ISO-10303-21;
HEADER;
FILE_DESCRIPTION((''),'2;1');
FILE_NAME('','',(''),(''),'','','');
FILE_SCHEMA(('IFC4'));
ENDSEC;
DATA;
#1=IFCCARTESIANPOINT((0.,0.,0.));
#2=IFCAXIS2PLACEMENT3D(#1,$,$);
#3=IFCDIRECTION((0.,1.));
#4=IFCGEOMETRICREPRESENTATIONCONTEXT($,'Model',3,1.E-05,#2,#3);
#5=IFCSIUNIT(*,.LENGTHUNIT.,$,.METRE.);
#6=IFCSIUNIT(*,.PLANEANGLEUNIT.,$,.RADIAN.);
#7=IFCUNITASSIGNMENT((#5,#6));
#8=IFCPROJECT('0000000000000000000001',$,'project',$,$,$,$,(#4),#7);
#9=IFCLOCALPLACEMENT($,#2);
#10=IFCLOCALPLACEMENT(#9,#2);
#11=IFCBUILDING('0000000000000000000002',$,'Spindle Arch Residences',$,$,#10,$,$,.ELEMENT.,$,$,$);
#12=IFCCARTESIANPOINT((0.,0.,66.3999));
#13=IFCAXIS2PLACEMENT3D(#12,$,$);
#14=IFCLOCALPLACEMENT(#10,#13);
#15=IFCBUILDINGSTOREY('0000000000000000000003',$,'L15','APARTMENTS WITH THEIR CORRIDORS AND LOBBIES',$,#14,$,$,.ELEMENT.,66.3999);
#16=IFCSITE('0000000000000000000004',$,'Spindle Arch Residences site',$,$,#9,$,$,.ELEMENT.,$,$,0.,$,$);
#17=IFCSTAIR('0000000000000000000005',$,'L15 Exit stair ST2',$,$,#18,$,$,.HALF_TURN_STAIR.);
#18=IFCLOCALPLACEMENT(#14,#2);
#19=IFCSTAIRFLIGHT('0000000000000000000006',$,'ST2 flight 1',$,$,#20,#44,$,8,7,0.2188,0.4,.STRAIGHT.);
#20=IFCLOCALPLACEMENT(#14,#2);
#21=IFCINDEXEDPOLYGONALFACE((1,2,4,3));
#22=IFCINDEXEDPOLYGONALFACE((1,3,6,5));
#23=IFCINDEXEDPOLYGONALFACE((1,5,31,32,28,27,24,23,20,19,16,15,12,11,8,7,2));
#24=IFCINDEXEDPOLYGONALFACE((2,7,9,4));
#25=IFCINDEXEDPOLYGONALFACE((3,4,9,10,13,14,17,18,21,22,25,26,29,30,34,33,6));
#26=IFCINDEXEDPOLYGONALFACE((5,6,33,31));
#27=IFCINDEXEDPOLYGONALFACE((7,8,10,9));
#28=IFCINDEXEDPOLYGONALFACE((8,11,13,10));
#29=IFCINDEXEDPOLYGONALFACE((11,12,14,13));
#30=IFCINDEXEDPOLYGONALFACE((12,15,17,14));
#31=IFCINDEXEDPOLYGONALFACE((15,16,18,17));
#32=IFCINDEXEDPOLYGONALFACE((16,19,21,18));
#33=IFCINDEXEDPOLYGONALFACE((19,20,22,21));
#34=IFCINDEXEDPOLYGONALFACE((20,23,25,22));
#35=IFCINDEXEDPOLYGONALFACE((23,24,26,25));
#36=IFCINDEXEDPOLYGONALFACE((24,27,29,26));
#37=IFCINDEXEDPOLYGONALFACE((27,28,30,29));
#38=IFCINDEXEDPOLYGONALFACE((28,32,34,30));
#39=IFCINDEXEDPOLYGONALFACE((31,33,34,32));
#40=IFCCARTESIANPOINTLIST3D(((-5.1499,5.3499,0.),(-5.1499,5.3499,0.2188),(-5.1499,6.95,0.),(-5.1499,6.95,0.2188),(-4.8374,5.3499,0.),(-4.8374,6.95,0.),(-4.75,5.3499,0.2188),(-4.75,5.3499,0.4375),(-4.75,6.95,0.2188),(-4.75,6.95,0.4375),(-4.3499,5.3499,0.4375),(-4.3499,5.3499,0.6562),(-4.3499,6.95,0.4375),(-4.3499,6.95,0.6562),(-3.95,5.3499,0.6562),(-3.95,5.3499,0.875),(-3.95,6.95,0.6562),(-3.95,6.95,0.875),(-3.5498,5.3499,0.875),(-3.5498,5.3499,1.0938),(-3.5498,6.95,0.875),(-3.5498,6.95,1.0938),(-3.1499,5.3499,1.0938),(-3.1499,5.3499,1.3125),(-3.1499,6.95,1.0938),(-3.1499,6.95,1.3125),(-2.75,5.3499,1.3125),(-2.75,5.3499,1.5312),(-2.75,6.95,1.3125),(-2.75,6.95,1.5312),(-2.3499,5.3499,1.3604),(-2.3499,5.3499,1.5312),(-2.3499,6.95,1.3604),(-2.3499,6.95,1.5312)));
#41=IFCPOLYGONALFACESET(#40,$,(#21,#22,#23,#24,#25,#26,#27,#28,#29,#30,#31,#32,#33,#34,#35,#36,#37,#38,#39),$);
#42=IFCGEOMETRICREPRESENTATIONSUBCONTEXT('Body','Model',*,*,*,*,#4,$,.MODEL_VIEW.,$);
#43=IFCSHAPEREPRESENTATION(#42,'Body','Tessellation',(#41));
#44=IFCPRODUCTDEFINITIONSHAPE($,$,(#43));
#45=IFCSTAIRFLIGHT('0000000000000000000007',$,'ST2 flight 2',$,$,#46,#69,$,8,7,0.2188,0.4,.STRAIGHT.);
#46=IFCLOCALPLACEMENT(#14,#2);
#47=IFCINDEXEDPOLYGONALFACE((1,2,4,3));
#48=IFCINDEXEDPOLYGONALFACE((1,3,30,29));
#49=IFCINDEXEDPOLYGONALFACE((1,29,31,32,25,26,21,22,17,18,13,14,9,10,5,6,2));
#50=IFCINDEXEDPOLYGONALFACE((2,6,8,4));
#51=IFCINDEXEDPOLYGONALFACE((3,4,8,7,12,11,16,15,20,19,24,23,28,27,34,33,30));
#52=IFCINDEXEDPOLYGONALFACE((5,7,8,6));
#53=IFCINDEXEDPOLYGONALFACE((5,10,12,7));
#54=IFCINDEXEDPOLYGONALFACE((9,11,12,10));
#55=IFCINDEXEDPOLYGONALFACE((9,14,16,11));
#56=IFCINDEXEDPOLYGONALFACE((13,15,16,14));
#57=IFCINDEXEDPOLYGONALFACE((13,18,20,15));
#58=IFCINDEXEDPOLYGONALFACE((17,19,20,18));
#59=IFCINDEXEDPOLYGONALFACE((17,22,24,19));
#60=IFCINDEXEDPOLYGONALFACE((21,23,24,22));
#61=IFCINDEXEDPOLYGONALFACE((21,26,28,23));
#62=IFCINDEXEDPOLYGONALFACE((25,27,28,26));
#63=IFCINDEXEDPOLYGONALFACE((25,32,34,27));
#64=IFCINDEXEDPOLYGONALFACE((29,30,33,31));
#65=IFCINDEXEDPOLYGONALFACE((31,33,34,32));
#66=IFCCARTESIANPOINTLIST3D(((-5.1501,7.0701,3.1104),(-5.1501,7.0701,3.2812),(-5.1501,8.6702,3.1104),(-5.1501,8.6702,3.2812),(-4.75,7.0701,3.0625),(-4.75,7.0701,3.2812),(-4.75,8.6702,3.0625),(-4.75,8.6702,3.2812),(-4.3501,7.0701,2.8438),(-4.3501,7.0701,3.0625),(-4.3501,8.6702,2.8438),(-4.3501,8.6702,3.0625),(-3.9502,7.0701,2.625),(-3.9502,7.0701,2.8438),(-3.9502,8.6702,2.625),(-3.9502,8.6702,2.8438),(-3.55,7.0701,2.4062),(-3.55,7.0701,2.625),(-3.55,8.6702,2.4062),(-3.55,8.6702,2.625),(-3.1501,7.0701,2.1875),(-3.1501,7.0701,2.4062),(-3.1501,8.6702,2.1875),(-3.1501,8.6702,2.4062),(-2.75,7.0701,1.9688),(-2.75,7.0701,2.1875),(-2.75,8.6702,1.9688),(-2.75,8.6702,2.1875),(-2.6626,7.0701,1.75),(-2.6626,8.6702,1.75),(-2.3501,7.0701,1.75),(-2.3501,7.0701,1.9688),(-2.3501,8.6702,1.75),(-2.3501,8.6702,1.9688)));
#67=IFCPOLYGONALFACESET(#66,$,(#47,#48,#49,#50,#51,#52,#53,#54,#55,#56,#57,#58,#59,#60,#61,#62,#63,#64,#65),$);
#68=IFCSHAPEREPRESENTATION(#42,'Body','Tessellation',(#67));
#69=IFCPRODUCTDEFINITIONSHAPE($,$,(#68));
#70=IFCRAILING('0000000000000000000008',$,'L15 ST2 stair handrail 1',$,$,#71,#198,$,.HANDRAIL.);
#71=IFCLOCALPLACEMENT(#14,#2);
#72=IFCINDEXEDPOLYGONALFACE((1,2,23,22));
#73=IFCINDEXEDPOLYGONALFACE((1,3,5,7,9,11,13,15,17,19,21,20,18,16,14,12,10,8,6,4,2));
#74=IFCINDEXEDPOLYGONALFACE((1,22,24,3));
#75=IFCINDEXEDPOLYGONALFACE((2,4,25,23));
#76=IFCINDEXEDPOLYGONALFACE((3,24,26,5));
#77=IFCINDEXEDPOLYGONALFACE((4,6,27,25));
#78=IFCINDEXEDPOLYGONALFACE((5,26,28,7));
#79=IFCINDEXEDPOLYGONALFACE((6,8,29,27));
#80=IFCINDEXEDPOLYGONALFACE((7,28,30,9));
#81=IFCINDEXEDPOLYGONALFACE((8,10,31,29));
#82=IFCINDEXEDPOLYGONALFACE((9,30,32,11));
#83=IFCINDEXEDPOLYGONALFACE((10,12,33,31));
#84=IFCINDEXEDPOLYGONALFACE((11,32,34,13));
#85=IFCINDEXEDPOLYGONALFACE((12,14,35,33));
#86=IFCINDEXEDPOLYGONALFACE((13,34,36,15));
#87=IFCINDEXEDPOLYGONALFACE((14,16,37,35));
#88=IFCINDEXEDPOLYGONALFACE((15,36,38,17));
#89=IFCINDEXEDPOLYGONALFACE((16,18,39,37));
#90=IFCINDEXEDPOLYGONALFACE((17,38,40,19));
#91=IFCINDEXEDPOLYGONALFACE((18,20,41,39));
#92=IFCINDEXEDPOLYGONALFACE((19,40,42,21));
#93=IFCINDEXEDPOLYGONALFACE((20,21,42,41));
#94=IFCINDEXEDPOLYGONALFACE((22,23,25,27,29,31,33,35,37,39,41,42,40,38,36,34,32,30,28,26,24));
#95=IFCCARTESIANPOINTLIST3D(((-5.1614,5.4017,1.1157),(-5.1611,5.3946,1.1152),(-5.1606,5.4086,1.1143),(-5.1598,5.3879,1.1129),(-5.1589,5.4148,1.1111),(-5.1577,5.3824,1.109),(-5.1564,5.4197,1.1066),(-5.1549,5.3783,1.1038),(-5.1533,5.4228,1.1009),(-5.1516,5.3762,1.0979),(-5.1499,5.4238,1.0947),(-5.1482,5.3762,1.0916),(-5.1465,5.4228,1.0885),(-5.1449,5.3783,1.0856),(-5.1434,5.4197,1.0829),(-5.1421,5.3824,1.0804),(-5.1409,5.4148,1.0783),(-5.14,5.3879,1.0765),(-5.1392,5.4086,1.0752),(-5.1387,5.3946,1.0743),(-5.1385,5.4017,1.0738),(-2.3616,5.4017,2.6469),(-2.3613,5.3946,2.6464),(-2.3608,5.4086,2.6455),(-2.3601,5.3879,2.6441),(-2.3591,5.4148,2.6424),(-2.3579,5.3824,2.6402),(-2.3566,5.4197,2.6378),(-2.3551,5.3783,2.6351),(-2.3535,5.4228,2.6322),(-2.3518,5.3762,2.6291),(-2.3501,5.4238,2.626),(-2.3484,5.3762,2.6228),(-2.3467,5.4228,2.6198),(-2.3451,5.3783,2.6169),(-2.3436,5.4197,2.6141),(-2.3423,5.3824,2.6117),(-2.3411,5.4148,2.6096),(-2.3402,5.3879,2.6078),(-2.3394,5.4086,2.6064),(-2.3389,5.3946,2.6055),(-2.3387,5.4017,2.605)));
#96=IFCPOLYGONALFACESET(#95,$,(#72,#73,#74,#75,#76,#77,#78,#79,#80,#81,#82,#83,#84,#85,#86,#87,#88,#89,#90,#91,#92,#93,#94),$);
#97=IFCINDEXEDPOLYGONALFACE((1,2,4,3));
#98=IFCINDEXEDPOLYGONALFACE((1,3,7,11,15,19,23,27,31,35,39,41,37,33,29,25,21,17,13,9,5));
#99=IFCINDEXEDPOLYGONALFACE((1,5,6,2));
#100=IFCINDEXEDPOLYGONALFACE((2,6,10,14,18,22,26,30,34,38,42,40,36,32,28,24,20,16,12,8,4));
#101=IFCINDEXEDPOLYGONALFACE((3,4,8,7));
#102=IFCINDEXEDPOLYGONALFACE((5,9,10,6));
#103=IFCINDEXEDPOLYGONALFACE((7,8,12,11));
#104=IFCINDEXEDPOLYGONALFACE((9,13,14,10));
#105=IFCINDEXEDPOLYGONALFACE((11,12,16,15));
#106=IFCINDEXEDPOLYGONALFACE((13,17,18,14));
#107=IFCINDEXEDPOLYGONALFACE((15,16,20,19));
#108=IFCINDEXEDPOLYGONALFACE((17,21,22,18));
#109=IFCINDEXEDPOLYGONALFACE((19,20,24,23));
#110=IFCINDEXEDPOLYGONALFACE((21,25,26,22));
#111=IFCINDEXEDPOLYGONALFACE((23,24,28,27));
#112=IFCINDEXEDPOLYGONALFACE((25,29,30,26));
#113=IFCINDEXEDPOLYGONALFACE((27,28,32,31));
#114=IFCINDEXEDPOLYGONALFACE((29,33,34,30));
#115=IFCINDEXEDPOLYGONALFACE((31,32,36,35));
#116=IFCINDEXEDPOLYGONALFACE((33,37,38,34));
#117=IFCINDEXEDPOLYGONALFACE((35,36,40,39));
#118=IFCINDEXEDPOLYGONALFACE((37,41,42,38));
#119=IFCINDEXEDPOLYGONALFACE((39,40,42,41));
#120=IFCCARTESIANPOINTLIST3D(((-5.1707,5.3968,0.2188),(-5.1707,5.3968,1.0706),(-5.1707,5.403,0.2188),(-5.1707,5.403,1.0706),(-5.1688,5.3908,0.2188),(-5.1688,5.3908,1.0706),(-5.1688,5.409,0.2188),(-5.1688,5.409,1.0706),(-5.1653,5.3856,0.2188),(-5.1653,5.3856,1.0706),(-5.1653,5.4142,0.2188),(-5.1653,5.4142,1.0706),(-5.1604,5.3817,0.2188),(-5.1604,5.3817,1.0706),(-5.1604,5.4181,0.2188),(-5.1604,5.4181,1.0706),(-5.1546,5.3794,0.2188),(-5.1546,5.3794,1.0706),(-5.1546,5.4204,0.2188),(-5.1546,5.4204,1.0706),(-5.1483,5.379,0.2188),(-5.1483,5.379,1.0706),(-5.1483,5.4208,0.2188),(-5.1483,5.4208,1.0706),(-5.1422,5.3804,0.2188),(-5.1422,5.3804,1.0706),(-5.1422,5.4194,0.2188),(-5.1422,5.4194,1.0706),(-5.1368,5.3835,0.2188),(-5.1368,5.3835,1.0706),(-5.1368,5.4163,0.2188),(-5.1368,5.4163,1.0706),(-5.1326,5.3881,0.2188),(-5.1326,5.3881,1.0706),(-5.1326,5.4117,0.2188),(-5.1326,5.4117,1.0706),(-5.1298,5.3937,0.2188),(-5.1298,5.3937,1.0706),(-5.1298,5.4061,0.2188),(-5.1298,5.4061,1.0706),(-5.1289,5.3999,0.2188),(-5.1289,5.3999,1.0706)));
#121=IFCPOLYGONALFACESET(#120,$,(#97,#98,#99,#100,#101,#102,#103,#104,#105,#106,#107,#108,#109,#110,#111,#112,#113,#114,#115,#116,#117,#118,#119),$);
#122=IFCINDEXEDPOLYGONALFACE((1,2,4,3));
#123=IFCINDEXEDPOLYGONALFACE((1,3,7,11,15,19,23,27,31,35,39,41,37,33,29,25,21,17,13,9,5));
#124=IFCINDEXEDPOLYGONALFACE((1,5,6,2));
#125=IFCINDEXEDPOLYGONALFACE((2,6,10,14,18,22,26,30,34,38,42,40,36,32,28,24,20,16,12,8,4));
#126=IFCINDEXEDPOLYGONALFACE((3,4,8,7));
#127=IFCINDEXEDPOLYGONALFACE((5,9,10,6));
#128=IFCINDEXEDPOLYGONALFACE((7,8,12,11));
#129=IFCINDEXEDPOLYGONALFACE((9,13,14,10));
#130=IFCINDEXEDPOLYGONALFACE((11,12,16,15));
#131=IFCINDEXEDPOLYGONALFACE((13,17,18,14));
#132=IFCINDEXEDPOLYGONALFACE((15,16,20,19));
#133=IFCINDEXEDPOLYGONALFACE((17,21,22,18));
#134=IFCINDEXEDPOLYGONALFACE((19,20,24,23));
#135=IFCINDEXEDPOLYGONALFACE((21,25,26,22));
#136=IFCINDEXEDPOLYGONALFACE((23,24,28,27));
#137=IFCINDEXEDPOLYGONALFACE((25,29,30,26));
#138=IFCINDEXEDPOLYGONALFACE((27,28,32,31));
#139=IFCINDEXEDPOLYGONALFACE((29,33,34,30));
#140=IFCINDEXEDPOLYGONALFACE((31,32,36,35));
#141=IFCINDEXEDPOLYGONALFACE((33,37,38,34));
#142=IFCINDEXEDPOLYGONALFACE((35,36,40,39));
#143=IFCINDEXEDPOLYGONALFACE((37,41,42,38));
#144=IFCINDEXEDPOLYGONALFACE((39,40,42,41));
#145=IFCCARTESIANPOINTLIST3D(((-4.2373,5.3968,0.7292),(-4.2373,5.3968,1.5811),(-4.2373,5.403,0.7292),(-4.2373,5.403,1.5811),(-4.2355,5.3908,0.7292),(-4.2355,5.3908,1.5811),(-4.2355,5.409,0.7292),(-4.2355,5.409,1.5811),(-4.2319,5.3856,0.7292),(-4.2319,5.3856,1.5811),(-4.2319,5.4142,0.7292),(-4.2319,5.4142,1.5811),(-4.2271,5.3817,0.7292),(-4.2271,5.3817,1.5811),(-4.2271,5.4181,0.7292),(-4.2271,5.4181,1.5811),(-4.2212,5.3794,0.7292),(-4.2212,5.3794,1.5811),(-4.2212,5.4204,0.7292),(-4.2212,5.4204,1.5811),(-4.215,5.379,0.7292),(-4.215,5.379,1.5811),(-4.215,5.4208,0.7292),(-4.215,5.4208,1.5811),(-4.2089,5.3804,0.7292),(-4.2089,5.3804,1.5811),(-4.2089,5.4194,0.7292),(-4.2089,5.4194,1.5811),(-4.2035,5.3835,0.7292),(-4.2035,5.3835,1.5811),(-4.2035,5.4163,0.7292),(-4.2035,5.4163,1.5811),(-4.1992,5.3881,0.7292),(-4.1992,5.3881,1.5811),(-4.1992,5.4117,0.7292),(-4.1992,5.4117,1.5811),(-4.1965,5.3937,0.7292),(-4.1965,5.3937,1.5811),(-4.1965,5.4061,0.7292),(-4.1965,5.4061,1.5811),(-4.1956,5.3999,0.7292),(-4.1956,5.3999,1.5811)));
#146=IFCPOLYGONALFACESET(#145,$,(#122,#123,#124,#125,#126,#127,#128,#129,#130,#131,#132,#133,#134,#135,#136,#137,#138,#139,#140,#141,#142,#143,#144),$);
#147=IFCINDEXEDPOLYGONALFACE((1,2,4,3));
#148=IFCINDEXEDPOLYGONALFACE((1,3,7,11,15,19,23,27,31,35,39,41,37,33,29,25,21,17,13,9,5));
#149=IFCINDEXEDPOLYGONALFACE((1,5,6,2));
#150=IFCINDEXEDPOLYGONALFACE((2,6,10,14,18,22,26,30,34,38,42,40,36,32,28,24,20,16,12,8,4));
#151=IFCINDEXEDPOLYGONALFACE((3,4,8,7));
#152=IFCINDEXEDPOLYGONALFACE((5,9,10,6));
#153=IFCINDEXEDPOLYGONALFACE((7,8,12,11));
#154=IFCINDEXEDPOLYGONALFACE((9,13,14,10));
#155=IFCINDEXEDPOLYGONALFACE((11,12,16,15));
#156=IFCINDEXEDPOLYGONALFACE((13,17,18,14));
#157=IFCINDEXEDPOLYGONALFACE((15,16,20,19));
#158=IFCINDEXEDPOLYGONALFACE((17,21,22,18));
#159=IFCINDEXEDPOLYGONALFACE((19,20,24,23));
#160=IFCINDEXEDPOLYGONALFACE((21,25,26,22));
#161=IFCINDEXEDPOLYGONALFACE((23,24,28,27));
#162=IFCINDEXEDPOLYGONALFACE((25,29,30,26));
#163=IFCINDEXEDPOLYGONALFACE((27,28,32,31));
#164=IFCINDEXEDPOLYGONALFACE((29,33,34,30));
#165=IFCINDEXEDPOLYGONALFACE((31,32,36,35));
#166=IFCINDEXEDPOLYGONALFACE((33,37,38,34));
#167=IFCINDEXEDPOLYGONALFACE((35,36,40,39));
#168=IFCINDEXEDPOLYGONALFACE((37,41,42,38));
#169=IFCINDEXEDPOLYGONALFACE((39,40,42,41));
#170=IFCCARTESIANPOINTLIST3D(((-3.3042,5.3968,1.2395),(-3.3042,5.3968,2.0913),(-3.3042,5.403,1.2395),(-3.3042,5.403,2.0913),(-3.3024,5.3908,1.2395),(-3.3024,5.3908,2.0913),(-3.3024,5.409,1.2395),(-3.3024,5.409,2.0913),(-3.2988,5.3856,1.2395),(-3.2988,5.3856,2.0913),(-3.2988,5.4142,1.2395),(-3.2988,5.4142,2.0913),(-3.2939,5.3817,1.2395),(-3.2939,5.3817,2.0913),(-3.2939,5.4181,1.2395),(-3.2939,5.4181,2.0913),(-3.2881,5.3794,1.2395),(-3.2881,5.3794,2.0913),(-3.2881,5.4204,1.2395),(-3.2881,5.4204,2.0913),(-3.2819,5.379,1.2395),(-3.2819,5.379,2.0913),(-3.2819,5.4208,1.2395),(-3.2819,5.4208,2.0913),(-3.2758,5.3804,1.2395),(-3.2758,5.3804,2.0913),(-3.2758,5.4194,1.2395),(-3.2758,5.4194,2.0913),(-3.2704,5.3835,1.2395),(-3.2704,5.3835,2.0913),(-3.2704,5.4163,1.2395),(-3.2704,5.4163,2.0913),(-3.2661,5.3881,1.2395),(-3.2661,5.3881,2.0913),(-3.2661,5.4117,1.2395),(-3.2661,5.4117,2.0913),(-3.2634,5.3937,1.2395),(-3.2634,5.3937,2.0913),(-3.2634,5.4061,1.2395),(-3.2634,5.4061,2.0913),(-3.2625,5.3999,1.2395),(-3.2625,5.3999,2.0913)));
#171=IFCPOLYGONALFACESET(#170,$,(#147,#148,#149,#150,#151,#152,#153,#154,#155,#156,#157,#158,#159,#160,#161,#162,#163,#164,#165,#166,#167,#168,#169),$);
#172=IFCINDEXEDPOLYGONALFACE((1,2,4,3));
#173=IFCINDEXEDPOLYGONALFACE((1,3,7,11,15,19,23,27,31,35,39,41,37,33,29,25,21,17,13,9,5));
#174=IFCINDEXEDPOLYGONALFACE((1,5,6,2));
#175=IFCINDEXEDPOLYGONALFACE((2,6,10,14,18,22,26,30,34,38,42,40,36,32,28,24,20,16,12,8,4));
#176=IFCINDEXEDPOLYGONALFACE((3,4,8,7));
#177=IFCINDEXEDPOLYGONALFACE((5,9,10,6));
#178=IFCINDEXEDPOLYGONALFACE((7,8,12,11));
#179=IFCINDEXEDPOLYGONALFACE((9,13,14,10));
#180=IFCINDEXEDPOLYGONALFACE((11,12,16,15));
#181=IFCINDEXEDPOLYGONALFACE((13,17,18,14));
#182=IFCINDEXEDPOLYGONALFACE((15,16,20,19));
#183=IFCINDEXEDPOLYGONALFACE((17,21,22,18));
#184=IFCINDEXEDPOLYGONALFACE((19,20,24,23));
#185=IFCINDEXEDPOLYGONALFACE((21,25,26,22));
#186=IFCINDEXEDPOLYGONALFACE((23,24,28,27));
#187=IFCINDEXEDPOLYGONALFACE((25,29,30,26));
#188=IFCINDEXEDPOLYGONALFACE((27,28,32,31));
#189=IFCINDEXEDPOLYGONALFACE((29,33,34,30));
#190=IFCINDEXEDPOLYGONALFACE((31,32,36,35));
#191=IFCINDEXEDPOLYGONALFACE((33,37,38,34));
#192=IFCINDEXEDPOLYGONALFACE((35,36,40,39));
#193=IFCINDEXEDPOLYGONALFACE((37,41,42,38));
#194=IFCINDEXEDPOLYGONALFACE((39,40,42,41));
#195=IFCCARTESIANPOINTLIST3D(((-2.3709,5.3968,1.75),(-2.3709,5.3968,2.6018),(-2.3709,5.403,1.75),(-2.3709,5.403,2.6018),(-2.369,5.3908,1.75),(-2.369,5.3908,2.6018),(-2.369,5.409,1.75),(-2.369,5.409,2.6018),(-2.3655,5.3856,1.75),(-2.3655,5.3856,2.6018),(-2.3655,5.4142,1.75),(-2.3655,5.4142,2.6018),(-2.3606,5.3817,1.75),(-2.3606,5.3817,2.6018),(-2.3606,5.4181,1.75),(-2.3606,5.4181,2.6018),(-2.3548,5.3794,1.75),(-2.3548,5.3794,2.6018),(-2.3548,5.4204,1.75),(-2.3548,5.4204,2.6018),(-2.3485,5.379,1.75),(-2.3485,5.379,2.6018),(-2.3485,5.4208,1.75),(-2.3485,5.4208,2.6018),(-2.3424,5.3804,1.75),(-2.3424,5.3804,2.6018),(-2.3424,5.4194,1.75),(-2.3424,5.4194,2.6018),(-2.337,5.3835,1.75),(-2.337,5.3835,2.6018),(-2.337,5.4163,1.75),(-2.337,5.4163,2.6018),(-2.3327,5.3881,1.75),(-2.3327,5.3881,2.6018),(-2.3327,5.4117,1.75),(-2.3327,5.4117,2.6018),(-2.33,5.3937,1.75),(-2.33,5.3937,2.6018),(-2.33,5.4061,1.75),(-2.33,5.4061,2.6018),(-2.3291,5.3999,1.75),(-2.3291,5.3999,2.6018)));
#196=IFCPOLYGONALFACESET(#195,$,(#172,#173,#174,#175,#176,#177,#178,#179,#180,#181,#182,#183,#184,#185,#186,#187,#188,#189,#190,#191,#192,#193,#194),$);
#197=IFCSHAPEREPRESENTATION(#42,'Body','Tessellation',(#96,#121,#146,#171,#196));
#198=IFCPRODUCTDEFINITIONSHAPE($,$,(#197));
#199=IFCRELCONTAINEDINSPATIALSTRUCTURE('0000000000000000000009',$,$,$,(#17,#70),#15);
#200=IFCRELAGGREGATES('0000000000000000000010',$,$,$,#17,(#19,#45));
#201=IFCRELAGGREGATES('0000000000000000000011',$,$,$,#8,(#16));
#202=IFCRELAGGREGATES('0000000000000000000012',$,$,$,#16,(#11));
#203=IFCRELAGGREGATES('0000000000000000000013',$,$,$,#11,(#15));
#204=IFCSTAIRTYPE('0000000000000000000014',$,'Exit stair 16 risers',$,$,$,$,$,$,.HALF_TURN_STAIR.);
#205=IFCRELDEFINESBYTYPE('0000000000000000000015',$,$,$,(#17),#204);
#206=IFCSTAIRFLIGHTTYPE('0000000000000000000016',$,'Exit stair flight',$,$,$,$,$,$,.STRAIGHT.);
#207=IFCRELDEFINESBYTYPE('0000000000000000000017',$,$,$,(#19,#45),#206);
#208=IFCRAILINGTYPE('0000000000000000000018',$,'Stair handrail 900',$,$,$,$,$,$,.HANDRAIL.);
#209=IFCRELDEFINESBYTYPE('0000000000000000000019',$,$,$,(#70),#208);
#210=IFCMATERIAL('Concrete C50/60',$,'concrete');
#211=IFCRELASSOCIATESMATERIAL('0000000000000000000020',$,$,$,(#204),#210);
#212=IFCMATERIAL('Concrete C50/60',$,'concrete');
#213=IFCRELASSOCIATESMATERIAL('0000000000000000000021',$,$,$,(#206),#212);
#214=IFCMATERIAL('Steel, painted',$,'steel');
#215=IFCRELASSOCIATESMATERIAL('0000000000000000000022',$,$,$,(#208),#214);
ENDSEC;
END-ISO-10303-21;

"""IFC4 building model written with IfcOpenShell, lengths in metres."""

from ifc_helpers import new_model, si_unit, direction, frame, origin, origin_2d, place, context, subcontext, project, spatial, polyline, circle, outline, extrude, material, type_object, element, aggregate, save


model = new_model("IFC4")

# Units and contexts
model_context = context("Model", 3, precision=1e-05, world=origin(), true_north=direction((0.0, 1.0)))
body_context = subcontext(model_context, "Body", "Model", "MODEL_VIEW")
ifc_project = project(units=[si_unit("LENGTHUNIT", "METRE"), si_unit("PLANEANGLEUNIT", "RADIAN")], contexts=[model_context])

# Site, building, storey
site_placement = place(None, origin())
site = spatial("IfcSite", under=ifc_project, at=site_placement, Name="Spindle Arch Residences site", CompositionType="ELEMENT", RefElevation=0.0)
building_placement = place(site_placement, origin())
building = spatial("IfcBuilding", under=site, at=building_placement, Name="Spindle Arch Residences", CompositionType="ELEMENT")
storey_placement = place(building_placement, frame((0.0, 0.0, 66.3999)))
storey = spatial("IfcBuildingStorey", under=building, at=storey_placement, Name="L15", Description="APARTMENTS WITH THEIR CORRIDORS AND LOBBIES", CompositionType="ELEMENT", Elevation=66.3999)

# Stair, stair flights
ifc_material_1 = material(Name="Concrete C50/60", Category="concrete")
stair_type = type_object("IfcStairType", Name="Exit stair 16 risers", PredefinedType="HALF_TURN_STAIR", material=ifc_material_1)
stair_placement = place(storey_placement, origin())
stair = element("IfcStair", 1, at=stair_placement, inside=storey, type_object=stair_type, Name="L15 Exit stair ST2", PredefinedType="HALF_TURN_STAIR")
ifc_material_2 = material(Name="Concrete C50/60", Category="concrete")
stair_flight_type = type_object("IfcStairFlightType", Name="Exit stair flight", PredefinedType="STRAIGHT", material=ifc_material_2)
stair_flight_1_placement = place(storey_placement, frame((-5.1499, 6.1499, 0.0), z_axis=(0.0, 0.0, 1.0), x_axis=(1.0, 0.0, 0.0)))
stair_flight_1 = element("IfcStairFlight", 2, at=stair_flight_1_placement, type_object=stair_flight_type, Name="ST2 flight 1", NumberOfRisers=8, NumberOfTreads=7, PredefinedType="STRAIGHT", RiserHeight=0.2188, TreadLength=0.4, context=body_context, shape_type="SweptSolid", body=[
    extrude(outline(polyline([(0.0, 0.0), (0.0, 0.2188), (0.3999, 0.2188), (0.3999, 0.4375), (0.8, 0.4375), (0.8, 0.6562), (1.2, 0.6562), (1.2, 0.875), (1.6001, 0.875), (1.6001, 1.0938), (2.0, 1.0938), (2.0, 1.3125), (2.3999, 1.3125), (2.3999, 1.5312), (2.8, 1.5312), (2.8, 1.75), (2.8, 1.3604), (0.3125, 0.0), (0.0, 0.0)])), frame((0.0, 0.8, 0.0), z_axis=(0.0, -1.0, 0.0), x_axis=(1.0, 0.0, 0.0)), (0.0, 0.0, 1.0), 1.6001),
])
stair_flight_2_placement = place(storey_placement, frame((-2.3501, 7.8701, 1.75), z_axis=(0.0, 0.0, 1.0), x_axis=(-1.0, 0.0, 0.0)))
stair_flight_2 = element("IfcStairFlight", 3, at=stair_flight_2_placement, type_object=stair_flight_type, Name="ST2 flight 2", NumberOfRisers=8, NumberOfTreads=7, PredefinedType="STRAIGHT", RiserHeight=0.2188, TreadLength=0.4, context=body_context, shape_type="SweptSolid", body=[
    extrude(outline(polyline([(0.0, 0.0), (0.0, 0.2188), (0.3999, 0.2188), (0.3999, 0.4375), (0.8, 0.4375), (0.8, 0.6562), (1.2, 0.6562), (1.2, 0.875), (1.6001, 0.875), (1.6001, 1.0938), (2.0, 1.0938), (2.0, 1.3125), (2.3999, 1.3125), (2.3999, 1.5312), (2.8, 1.5312), (2.8, 1.75), (2.8, 1.3604), (0.3125, 0.0), (0.0, 0.0)])), frame((0.0, 0.8, 0.0), z_axis=(0.0, -1.0, 0.0), x_axis=(1.0, 0.0, 0.0)), (0.0, 0.0, 1.0), 1.6001),
])
aggregate(stair, [stair_flight_1, stair_flight_2])

# Railing
ifc_material_3 = material(Name="Steel, painted", Category="steel")
railing_type_1 = type_object("IfcRailingType", Name="Stair handrail 900", PredefinedType="HANDRAIL", material=ifc_material_3)
railing_1_placement = place(storey_placement, frame((-5.1499, 5.3999, 0.2188)))
element("IfcRailing", 4, at=railing_1_placement, inside=storey, type_object=railing_type_1, Name="L15 ST2 stair handrail 1", PredefinedType="HANDRAIL", context=body_context, shape_type="SweptSolid", body=[
    extrude(circle(Radius=0.0239, at=origin_2d()), frame((0.0, 0.0, 0.876), z_axis=(0.877357, 0.0, 0.479838), x_axis=(0.0, 1.0, 0.0)), (0.0, 0.0, 1.0), 3.1912),
    extrude(circle(Radius=0.021, at=origin_2d()), origin(), (0.0, 0.0, 1.0), 0.8518),
    extrude(circle(Radius=0.021, at=origin_2d()), frame((0.9333, 0.0, 0.5105)), (0.0, 0.0, 1.0), 0.8518),
    extrude(circle(Radius=0.021, at=origin_2d()), frame((1.8665, 0.0, 1.0208)), (0.0, 0.0, 1.0), 0.8518),
    extrude(circle(Radius=0.021, at=origin_2d()), frame((2.7998, 0.0, 1.5312)), (0.0, 0.0, 1.0), 0.8518),
])

save(model, "model.ifc")
